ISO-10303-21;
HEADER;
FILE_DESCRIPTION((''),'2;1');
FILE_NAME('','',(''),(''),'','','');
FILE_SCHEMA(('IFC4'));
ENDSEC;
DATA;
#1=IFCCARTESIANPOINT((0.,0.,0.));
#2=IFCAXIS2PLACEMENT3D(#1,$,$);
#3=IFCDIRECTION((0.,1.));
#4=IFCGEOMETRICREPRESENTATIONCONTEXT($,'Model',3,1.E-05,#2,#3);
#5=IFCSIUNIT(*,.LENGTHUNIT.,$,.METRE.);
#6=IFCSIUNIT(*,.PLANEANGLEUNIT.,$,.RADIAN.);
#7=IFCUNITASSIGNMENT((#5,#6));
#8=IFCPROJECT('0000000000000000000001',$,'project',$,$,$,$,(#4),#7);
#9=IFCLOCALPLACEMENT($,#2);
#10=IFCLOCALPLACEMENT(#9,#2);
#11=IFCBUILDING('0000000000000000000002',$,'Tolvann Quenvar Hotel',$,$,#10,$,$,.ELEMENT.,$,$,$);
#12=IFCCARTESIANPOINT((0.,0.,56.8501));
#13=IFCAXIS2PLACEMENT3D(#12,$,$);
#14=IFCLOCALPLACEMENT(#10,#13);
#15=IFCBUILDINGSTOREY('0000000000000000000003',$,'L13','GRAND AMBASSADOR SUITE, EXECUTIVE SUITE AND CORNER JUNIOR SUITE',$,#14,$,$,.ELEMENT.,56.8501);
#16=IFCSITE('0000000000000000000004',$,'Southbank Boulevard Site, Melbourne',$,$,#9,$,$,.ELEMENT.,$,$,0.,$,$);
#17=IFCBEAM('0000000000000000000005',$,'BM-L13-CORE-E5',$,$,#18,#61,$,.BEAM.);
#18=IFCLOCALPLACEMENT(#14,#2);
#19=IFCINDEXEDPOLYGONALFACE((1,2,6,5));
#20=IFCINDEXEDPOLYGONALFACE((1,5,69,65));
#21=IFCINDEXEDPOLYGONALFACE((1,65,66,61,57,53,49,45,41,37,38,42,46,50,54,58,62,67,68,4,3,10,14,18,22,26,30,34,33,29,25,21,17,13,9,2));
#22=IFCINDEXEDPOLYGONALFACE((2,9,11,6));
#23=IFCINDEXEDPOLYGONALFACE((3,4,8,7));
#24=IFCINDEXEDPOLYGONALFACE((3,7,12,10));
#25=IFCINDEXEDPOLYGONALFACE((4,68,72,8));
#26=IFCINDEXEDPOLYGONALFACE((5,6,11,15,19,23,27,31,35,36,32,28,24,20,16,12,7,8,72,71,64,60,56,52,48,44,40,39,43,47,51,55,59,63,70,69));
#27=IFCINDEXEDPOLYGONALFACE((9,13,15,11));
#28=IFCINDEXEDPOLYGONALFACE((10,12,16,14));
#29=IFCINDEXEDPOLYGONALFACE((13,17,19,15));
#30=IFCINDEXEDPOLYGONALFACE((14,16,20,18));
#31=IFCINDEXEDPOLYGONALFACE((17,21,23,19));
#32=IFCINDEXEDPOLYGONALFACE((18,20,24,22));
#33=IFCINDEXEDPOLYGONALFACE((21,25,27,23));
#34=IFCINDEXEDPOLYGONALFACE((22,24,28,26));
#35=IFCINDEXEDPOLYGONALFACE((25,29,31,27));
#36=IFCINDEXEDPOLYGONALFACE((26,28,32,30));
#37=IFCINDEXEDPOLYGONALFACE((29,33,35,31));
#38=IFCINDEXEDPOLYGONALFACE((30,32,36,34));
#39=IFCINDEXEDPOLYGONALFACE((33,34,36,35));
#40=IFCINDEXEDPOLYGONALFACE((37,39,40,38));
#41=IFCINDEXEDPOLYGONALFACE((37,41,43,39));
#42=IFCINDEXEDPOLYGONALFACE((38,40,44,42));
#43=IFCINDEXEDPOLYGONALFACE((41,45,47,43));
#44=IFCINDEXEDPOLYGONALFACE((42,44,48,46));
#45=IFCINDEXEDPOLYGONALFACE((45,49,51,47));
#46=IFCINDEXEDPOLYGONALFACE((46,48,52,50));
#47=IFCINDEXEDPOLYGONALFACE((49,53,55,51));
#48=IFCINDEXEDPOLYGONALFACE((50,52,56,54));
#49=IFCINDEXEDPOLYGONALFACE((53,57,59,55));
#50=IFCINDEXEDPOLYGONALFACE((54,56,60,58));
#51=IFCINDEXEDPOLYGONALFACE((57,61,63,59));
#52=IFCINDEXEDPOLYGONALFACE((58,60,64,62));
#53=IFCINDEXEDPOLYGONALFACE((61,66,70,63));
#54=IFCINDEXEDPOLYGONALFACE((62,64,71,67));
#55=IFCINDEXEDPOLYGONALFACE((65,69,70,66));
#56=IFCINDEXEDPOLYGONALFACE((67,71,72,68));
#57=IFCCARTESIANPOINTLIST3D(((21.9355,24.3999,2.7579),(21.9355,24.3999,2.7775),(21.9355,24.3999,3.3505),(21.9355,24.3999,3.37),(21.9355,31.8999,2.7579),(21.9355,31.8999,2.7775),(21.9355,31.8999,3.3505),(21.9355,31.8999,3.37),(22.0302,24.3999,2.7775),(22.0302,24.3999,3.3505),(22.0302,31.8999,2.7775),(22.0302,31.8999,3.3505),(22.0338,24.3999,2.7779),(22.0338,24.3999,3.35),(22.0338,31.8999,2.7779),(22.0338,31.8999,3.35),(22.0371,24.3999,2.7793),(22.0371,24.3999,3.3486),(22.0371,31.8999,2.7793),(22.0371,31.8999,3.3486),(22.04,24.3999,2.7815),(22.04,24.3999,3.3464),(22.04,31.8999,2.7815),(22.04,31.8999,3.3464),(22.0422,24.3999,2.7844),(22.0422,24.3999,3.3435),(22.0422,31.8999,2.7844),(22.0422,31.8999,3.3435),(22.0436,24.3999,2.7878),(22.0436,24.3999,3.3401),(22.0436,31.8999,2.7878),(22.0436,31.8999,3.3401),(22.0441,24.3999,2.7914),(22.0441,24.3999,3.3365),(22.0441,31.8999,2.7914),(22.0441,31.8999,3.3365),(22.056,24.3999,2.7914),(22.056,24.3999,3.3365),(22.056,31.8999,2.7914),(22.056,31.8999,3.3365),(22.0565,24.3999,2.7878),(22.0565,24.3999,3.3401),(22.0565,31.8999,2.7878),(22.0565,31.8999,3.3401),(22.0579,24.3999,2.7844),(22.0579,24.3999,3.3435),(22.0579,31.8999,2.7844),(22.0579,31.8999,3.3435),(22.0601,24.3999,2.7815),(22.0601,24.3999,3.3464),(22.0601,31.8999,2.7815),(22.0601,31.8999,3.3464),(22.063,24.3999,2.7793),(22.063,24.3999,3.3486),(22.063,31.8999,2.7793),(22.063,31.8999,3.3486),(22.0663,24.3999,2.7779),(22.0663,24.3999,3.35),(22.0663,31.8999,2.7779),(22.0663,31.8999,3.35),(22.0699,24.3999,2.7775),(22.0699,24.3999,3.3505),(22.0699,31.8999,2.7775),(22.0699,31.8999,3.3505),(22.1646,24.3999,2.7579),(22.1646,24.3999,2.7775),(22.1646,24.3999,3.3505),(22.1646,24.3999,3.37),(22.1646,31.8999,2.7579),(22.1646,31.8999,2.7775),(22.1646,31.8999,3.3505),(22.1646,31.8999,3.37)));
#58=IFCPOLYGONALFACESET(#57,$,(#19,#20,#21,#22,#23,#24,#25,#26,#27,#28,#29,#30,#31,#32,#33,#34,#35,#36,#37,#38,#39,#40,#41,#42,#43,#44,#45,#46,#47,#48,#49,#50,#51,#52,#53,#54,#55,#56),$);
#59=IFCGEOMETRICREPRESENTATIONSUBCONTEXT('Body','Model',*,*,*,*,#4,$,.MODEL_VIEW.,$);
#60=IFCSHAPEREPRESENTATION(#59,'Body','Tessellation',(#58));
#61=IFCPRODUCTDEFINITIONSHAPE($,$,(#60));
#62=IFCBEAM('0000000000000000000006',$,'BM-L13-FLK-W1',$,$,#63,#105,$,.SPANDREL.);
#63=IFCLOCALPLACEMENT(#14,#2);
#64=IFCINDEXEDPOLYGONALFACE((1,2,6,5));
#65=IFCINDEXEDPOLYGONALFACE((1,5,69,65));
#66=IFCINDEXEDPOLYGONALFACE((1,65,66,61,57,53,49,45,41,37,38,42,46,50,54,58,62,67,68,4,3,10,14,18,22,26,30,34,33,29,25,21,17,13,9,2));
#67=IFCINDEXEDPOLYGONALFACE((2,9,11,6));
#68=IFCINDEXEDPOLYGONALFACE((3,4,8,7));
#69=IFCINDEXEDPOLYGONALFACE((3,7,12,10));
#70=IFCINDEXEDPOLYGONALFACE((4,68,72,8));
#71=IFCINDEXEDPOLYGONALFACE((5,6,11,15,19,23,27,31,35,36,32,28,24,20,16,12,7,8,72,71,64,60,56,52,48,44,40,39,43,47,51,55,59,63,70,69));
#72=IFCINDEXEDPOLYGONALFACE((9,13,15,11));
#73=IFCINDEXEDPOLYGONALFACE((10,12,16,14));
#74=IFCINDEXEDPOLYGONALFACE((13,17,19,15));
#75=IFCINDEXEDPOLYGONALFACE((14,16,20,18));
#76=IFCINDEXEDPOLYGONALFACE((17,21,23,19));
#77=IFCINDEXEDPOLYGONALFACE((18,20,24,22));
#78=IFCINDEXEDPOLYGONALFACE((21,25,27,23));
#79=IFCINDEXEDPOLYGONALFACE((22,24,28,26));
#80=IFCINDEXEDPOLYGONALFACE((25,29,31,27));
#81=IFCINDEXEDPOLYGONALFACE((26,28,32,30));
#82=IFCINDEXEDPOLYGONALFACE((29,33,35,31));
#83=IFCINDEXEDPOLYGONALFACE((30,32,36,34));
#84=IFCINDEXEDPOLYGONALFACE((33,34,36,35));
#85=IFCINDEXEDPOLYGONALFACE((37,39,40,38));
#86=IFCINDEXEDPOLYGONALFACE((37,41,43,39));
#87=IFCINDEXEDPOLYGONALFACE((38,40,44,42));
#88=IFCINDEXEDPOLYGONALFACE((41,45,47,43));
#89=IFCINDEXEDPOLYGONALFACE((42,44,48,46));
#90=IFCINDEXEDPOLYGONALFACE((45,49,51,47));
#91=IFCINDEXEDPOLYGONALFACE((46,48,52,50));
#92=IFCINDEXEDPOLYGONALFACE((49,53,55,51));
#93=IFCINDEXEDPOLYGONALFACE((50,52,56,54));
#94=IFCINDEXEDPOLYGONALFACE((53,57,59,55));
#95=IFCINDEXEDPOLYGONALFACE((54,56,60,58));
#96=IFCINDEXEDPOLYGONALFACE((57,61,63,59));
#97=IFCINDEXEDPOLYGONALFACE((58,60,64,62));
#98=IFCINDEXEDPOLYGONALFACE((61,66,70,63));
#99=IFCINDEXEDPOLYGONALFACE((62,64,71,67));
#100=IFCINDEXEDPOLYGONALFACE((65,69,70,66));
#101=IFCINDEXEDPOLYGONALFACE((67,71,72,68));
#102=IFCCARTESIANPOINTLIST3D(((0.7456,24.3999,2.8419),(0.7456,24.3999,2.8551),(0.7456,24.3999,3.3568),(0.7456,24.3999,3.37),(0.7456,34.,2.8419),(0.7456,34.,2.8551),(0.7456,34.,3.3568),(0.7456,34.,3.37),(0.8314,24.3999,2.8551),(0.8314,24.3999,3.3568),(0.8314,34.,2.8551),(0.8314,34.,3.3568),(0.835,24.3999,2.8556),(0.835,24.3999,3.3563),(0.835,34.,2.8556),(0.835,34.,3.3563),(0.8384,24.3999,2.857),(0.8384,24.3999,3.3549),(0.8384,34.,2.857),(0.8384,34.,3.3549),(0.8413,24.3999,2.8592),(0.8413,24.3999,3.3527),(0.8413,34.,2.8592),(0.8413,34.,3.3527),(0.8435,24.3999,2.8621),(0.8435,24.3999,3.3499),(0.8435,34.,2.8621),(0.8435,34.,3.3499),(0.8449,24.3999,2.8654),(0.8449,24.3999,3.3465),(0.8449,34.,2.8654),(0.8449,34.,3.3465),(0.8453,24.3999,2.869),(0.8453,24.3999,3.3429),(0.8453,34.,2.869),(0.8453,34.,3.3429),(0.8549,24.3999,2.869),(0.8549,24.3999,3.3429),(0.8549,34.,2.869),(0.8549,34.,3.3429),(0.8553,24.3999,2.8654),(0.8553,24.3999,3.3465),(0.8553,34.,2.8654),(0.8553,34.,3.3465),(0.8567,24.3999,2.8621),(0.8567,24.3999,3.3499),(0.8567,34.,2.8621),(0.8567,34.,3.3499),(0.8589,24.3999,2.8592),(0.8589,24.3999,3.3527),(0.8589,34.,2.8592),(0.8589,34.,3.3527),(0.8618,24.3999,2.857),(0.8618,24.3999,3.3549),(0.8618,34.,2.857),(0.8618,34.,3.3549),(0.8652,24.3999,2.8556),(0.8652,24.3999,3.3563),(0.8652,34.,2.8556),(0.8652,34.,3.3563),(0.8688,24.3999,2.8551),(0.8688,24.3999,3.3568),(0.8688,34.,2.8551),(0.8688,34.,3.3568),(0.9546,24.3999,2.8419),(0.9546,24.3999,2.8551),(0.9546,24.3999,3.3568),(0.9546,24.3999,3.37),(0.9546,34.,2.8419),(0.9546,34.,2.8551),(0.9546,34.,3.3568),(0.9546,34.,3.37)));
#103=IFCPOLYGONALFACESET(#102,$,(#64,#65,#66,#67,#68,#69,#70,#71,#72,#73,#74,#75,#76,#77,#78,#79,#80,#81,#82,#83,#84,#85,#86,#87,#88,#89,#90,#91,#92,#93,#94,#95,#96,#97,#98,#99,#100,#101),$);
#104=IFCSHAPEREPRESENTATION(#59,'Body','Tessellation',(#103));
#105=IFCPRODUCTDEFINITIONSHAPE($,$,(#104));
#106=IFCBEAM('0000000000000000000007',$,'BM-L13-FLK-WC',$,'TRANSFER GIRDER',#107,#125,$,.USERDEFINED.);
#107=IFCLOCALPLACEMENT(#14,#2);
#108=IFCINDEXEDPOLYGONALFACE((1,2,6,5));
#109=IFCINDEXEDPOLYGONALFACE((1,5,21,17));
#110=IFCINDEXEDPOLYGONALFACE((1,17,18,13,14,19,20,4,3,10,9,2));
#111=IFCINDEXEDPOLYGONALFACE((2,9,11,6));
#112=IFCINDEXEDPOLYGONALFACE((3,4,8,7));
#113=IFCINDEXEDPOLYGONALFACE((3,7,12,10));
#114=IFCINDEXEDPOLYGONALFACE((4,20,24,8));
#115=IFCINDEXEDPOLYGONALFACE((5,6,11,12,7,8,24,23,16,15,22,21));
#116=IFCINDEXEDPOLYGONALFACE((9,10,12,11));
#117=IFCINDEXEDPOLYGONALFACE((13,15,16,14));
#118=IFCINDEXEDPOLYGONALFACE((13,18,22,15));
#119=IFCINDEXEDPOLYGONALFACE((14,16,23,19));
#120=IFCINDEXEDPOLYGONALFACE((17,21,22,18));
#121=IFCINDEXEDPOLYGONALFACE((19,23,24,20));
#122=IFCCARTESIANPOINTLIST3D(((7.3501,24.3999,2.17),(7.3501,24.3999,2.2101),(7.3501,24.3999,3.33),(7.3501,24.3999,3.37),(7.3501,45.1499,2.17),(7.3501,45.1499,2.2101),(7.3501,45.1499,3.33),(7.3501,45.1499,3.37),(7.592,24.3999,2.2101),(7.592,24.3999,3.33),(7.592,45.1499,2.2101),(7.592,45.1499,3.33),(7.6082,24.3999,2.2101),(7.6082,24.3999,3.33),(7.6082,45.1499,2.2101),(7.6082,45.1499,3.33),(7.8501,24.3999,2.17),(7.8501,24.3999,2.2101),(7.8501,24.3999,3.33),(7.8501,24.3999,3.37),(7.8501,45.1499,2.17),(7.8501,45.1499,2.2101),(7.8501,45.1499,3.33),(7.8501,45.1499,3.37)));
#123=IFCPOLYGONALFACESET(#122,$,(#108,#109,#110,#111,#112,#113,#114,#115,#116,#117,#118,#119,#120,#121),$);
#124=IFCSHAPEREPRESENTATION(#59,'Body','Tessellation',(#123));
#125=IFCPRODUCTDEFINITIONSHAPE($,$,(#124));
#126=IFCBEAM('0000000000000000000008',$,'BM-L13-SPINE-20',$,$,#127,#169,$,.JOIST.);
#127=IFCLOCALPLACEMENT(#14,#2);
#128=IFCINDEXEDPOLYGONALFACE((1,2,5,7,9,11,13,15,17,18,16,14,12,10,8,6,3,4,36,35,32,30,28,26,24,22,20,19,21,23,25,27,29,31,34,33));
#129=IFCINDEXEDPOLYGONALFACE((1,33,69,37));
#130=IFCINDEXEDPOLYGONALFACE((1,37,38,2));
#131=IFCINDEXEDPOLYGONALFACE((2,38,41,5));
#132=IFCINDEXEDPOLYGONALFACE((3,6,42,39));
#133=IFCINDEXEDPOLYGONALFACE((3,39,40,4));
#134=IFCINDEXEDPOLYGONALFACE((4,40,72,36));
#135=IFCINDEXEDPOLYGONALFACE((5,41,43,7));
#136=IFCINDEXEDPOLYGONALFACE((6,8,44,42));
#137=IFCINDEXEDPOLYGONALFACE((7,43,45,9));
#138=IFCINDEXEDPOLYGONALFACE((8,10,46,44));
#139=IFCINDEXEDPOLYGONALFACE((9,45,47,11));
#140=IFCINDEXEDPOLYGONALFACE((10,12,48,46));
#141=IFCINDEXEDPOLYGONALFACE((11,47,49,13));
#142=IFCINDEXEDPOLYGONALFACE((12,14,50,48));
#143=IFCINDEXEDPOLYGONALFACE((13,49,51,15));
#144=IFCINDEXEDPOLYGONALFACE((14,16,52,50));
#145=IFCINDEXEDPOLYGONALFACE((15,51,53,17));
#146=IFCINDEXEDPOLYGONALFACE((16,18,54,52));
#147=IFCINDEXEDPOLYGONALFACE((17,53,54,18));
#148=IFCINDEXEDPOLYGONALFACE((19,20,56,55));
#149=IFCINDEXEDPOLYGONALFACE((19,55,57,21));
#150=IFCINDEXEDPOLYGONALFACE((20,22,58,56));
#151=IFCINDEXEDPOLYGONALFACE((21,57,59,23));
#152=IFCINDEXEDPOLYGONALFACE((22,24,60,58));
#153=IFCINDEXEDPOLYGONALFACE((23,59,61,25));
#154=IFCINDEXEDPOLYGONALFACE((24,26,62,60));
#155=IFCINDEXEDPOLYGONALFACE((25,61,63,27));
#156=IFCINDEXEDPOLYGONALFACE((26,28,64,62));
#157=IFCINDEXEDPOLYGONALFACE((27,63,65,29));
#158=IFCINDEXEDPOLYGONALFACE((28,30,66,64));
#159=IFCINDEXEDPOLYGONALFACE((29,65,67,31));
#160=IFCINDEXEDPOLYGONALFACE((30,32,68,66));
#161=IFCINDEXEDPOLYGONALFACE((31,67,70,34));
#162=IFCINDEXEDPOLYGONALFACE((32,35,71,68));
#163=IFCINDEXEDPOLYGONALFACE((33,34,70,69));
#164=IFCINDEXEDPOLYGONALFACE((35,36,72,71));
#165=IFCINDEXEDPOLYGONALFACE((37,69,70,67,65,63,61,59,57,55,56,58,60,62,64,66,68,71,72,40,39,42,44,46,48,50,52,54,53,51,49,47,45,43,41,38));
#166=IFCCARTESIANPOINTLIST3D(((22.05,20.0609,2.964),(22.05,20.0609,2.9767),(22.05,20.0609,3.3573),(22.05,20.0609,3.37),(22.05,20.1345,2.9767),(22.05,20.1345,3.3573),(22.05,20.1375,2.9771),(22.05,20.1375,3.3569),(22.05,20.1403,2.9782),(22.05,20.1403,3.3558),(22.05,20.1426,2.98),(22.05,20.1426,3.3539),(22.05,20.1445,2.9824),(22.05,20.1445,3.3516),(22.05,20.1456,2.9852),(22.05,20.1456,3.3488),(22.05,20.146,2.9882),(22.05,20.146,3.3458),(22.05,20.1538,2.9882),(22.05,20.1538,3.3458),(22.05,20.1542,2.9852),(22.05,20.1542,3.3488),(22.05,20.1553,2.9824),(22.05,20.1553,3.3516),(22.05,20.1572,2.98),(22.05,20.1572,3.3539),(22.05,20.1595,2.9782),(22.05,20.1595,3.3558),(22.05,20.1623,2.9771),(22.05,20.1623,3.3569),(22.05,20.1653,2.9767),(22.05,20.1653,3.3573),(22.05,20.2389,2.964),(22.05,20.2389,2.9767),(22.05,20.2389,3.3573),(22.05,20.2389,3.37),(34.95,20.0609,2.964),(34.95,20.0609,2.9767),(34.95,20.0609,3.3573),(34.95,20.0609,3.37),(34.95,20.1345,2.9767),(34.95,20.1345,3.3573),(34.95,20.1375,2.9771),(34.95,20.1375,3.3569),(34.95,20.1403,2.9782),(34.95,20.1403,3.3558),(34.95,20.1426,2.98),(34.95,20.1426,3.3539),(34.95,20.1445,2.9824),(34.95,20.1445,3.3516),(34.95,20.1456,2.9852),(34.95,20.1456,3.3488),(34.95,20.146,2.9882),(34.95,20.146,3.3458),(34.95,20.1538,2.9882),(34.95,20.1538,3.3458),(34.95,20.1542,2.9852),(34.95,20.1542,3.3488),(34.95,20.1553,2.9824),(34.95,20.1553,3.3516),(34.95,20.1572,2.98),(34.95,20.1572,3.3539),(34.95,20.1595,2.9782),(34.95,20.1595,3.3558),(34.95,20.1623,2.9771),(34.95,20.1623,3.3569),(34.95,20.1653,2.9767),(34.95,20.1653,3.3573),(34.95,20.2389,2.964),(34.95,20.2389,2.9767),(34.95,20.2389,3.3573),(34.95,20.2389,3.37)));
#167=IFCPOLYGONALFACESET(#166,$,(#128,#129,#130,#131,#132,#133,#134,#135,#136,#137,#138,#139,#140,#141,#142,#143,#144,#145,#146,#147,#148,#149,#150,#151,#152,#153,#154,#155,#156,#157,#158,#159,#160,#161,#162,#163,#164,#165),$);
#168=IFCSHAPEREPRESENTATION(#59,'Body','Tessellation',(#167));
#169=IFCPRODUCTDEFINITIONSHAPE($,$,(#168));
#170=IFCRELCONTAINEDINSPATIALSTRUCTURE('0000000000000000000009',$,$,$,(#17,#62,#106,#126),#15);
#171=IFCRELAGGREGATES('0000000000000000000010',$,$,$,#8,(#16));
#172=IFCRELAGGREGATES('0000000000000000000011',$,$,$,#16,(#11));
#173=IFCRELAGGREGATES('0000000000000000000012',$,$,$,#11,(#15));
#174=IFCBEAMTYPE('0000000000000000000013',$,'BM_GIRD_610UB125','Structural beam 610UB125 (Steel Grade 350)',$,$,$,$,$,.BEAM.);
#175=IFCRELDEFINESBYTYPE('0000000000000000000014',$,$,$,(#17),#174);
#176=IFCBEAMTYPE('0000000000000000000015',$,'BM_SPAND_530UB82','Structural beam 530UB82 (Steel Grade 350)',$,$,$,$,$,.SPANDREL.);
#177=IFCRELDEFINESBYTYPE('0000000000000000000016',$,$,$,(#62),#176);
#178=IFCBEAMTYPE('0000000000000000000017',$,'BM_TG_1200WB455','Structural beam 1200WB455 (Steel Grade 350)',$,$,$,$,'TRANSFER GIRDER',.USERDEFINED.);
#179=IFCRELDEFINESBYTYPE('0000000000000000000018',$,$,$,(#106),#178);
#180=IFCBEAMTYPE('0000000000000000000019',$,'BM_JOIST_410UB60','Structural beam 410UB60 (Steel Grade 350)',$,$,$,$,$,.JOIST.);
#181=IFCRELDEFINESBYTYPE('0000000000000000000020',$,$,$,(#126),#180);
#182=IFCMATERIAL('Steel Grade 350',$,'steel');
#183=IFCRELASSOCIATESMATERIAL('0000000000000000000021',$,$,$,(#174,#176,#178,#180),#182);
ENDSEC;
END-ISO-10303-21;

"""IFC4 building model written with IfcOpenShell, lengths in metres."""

from ifc_helpers import new_model, si_unit, direction, frame, origin, origin_2d, place, context, subcontext, project, spatial, i_section, extrude, source, transform, mapped, material, material_profile, profile_set, type_object, type_shapes, element, save


model = new_model("IFC4")

# Units and contexts
model_context = context("Model", 3, precision=1e-05, world=origin(), true_north=direction((0.0, 1.0)))
body_context = subcontext(model_context, "Body", "Model", "MODEL_VIEW")
ifc_project = project(units=[si_unit("LENGTHUNIT", "METRE"), si_unit("PLANEANGLEUNIT", "RADIAN")], contexts=[model_context])

# Site, building, storey
site_placement = place(None, origin())
site = spatial("IfcSite", under=ifc_project, at=site_placement, Name="Southbank Boulevard Site, Melbourne", CompositionType="ELEMENT", RefElevation=0.0)
building_placement = place(site_placement, origin())
building = spatial("IfcBuilding", under=site, at=building_placement, Name="Tolvann Quenvar Hotel", CompositionType="ELEMENT")
storey_placement = place(building_placement, frame((0.0, 0.0, 56.8501)))
storey = spatial("IfcBuildingStorey", under=building, at=storey_placement, Name="L13", Description="GRAND AMBASSADOR SUITE, EXECUTIVE SUITE AND CORNER JUNIOR SUITE", CompositionType="ELEMENT", Elevation=56.8501)

# Shared definitions
ifc_material_1 = material(Name="Steel Grade 350", Category="steel")

# Beams
ifc_material_profile_1 = material_profile(ifc_material_1, i_section(OverallWidth=0.229, OverallDepth=0.6121, WebThickness=0.012, FlangeThickness=0.0195, FilletRadius=0.0139, at=origin_2d()), Name="610UB125")
ifc_profile_set_1 = profile_set([ifc_material_profile_1], Name="Steel Grade 350")
beam_type_1 = type_object("IfcBeamType", Name="BM_GIRD_610UB125", Description="Structural beam 610UB125 (Steel Grade 350)", PredefinedType="BEAM", material=ifc_profile_set_1)
shared_shape_1 = source(origin(), body_context, "Body", "SweptSolid", [
    extrude(i_section(OverallWidth=0.229, OverallDepth=0.6121, WebThickness=0.012, FlangeThickness=0.0195, FilletRadius=0.0139, at=origin_2d()), origin(), (0.0, 0.0, 1.0), 7.5),
])
for number, where, z_axis, x_axis, name in (
    (1, (22.05, 24.3999, 3.064), (0.0, 1.0, 0.0), (-1.0, 0.0, 0.0), "BM-L13-CORE-E5"),
):
    element("IfcBeam", number, at=place(storey_placement, frame(where, z_axis=z_axis, x_axis=x_axis)), inside=storey, type_object=beam_type_1, Name=name, PredefinedType="BEAM", context=body_context, shape_type="MappedRepresentation", body=[
        mapped(shared_shape_1, transform((0.0, 0.0, 0.0), x_axis=(1.0, 0.0, 0.0), y_axis=(0.0, 1.0, 0.0), z_axis=(0.0, 0.0, 1.0), scale=1.0)),
    ])
ifc_material_profile_2 = material_profile(ifc_material_1, i_section(OverallWidth=0.209, OverallDepth=0.5281, WebThickness=0.0095, FlangeThickness=0.0132, FilletRadius=0.0139, at=origin_2d()), Name="530UB82")
ifc_profile_set_2 = profile_set([ifc_material_profile_2], Name="Steel Grade 350")
beam_type_2 = type_object("IfcBeamType", Name="BM_SPAND_530UB82", Description="Structural beam 530UB82 (Steel Grade 350)", PredefinedType="SPANDREL", material=ifc_profile_set_2)
shared_shape_2 = source(origin(), body_context, "Body", "SweptSolid", [
    extrude(i_section(OverallWidth=0.209, OverallDepth=0.5281, WebThickness=0.0095, FlangeThickness=0.0132, FilletRadius=0.0139, at=origin_2d()), origin(), (0.0, 0.0, 1.0), 9.6001),
])
type_shapes(beam_type_2, [shared_shape_2])
beam_1_placement = place(storey_placement, frame((0.8501, 24.3999, 3.106), z_axis=(0.0, 1.0, 0.0), x_axis=(-1.0, 0.0, 0.0)))
element("IfcBeam", 2, at=beam_1_placement, inside=storey, type_object=beam_type_2, Name="BM-L13-FLK-W1", PredefinedType="SPANDREL", context=body_context, shape_type="MappedRepresentation", body=[
    mapped(shared_shape_2, transform((0.0, 0.0, 0.0), x_axis=(1.0, 0.0, 0.0), y_axis=(0.0, 1.0, 0.0), z_axis=(0.0, 0.0, 1.0), scale=1.0)),
])
ifc_material_profile_3 = material_profile(ifc_material_1, i_section(OverallWidth=0.5, OverallDepth=1.2, WebThickness=0.0161, FlangeThickness=0.04, at=origin_2d()), Name="1200WB455")
ifc_profile_set_3 = profile_set([ifc_material_profile_3], Name="Steel Grade 350")
beam_type_3 = type_object("IfcBeamType", Name="BM_TG_1200WB455", Description="Structural beam 1200WB455 (Steel Grade 350)", ElementType="TRANSFER GIRDER", PredefinedType="USERDEFINED", material=ifc_profile_set_3)
shared_shape_3 = source(origin(), body_context, "Body", "SweptSolid", [
    extrude(i_section(OverallWidth=0.5, OverallDepth=1.2, WebThickness=0.0161, FlangeThickness=0.04, at=origin_2d()), origin(), (0.0, 0.0, 1.0), 20.75),
])
type_shapes(beam_type_3, [shared_shape_3])
beam_2_placement = place(storey_placement, frame((7.6001, 24.3999, 2.77), z_axis=(0.0, 1.0, 0.0), x_axis=(-1.0, 0.0, 0.0)))
element("IfcBeam", 3, at=beam_2_placement, inside=storey, type_object=beam_type_3, Name="BM-L13-FLK-WC", ObjectType="TRANSFER GIRDER", PredefinedType="USERDEFINED", context=body_context, shape_type="MappedRepresentation", body=[
    mapped(shared_shape_3, transform((0.0, 0.0, 0.0), x_axis=(1.0, 0.0, 0.0), y_axis=(0.0, 1.0, 0.0), z_axis=(0.0, 0.0, 1.0), scale=1.0)),
])
ifc_material_profile_4 = material_profile(ifc_material_1, i_section(OverallWidth=0.178, OverallDepth=0.406, WebThickness=0.0078, FlangeThickness=0.0127, FilletRadius=0.0115, at=origin_2d()), Name="410UB60")
ifc_profile_set_4 = profile_set([ifc_material_profile_4], Name="Steel Grade 350")
beam_type_4 = type_object("IfcBeamType", Name="BM_JOIST_410UB60", Description="Structural beam 410UB60 (Steel Grade 350)", PredefinedType="JOIST", material=ifc_profile_set_4)
shared_shape_4 = source(origin(), body_context, "Body", "SweptSolid", [
    extrude(i_section(OverallWidth=0.178, OverallDepth=0.406, WebThickness=0.0078, FlangeThickness=0.0127, FilletRadius=0.0115, at=origin_2d()), origin(), (0.0, 0.0, 1.0), 12.8999),
])
for number, where, z_axis, x_axis, name in (
    (4, (22.05, 20.1499, 3.167), (1.0, 0.0, 0.0), (0.0, 1.0, 0.0), "BM-L13-SPINE-20"),
):
    element("IfcBeam", number, at=place(storey_placement, frame(where, z_axis=z_axis, x_axis=x_axis)), inside=storey, type_object=beam_type_4, Name=name, PredefinedType="JOIST", context=body_context, shape_type="MappedRepresentation", body=[
        mapped(shared_shape_4, transform((0.0, 0.0, 0.0), x_axis=(1.0, 0.0, 0.0), y_axis=(0.0, 1.0, 0.0), z_axis=(0.0, 0.0, 1.0), scale=1.0)),
    ])

save(model, "model.ifc")
